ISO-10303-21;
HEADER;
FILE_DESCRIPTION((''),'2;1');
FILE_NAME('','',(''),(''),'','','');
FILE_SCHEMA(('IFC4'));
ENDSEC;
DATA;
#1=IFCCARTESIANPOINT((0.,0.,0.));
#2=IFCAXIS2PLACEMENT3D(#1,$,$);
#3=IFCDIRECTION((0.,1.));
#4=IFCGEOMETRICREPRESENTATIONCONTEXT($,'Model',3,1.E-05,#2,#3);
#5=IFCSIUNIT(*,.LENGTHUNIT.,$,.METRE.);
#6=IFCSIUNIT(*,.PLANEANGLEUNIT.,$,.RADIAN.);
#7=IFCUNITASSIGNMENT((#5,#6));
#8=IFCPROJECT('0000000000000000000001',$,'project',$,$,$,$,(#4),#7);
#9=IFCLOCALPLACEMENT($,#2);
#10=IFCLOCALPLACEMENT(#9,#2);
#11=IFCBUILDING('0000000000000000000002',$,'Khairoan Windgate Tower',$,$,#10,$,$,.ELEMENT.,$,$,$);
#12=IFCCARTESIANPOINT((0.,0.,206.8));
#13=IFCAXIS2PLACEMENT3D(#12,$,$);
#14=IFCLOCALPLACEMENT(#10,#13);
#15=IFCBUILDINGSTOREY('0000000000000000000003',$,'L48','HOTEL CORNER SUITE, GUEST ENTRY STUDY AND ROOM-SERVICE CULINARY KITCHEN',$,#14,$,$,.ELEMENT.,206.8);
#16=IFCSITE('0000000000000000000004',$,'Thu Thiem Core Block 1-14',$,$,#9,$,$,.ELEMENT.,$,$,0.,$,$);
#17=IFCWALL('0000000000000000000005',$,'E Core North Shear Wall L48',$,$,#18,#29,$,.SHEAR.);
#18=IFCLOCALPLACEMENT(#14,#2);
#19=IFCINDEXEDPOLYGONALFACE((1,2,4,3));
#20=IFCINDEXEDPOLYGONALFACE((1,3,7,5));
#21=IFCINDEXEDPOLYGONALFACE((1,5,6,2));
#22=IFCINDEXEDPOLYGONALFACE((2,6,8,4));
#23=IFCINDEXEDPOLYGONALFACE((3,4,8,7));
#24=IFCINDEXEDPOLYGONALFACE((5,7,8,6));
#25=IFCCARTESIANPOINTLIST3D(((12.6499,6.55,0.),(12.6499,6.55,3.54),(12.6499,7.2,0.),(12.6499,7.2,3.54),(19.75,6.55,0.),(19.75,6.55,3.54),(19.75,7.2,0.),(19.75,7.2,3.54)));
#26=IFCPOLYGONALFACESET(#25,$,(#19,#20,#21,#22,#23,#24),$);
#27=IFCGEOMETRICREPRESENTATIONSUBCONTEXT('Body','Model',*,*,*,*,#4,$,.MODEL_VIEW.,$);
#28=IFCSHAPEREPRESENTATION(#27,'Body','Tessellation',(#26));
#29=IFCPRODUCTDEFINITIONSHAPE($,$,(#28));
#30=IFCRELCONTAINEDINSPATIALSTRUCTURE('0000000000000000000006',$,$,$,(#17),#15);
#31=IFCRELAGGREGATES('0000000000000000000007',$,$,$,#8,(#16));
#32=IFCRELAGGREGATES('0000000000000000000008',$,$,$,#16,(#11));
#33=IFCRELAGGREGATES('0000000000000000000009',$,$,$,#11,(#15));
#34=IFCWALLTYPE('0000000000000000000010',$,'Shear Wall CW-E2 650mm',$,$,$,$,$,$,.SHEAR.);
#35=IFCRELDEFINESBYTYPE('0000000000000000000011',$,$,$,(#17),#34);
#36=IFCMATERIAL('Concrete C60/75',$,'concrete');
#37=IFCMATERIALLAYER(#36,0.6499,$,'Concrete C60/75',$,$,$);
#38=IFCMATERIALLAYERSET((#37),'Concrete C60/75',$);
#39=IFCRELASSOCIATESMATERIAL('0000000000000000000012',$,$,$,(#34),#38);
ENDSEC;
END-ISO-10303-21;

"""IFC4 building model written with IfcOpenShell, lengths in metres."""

from ifc_helpers import new_model, si_unit, direction, frame, frame_2d, origin, place, context, subcontext, project, spatial, rectangle, extrude, material, layer, layer_set, type_object, element, save


model = new_model("IFC4")

# Units and contexts
model_context = context("Model", 3, precision=1e-05, world=origin(), true_north=direction((0.0, 1.0)))
body_context = subcontext(model_context, "Body", "Model", "MODEL_VIEW")
ifc_project = project(units=[si_unit("LENGTHUNIT", "METRE"), si_unit("PLANEANGLEUNIT", "RADIAN")], contexts=[model_context])

# Site, building, storey
site_placement = place(None, origin())
site = spatial("IfcSite", under=ifc_project, at=site_placement, Name="Thu Thiem Core Block 1-14", CompositionType="ELEMENT", RefElevation=0.0)
building_placement = place(site_placement, origin())
building = spatial("IfcBuilding", under=site, at=building_placement, Name="Khairoan Windgate Tower", CompositionType="ELEMENT")
storey_placement = place(building_placement, frame((0.0, 0.0, 206.8)))
storey = spatial("IfcBuildingStorey", under=building, at=storey_placement, Name="L48", Description="HOTEL CORNER SUITE, GUEST ENTRY STUDY AND ROOM-SERVICE CULINARY KITCHEN", CompositionType="ELEMENT", Elevation=206.8)

# Wall
ifc_material_1 = material(Name="Concrete C60/75", Category="concrete")
ifc_layer_1 = layer(ifc_material_1, 0.6499, Name="Concrete C60/75")
ifc_layer_set_1 = layer_set([ifc_layer_1], Name="Concrete C60/75")
wall_type_1 = type_object("IfcWallType", Name="Shear Wall CW-E2 650mm", PredefinedType="SHEAR", material=ifc_layer_set_1)
wall_1_placement = place(storey_placement, frame((12.6499, 6.875, 0.0), z_axis=(0.0, 0.0, 1.0), x_axis=(1.0, 0.0, 0.0)))
element("IfcWall", 1, at=wall_1_placement, inside=storey, type_object=wall_type_1, Name="E Core North Shear Wall L48", PredefinedType="SHEAR", context=body_context, shape_type="SweptSolid", body=[
    extrude(rectangle(XDim=7.1001, YDim=0.6499, at=frame_2d((3.55, 0.0))), origin(), (0.0, 0.0, 1.0), 3.54),
])

save(model, "model.ifc")
